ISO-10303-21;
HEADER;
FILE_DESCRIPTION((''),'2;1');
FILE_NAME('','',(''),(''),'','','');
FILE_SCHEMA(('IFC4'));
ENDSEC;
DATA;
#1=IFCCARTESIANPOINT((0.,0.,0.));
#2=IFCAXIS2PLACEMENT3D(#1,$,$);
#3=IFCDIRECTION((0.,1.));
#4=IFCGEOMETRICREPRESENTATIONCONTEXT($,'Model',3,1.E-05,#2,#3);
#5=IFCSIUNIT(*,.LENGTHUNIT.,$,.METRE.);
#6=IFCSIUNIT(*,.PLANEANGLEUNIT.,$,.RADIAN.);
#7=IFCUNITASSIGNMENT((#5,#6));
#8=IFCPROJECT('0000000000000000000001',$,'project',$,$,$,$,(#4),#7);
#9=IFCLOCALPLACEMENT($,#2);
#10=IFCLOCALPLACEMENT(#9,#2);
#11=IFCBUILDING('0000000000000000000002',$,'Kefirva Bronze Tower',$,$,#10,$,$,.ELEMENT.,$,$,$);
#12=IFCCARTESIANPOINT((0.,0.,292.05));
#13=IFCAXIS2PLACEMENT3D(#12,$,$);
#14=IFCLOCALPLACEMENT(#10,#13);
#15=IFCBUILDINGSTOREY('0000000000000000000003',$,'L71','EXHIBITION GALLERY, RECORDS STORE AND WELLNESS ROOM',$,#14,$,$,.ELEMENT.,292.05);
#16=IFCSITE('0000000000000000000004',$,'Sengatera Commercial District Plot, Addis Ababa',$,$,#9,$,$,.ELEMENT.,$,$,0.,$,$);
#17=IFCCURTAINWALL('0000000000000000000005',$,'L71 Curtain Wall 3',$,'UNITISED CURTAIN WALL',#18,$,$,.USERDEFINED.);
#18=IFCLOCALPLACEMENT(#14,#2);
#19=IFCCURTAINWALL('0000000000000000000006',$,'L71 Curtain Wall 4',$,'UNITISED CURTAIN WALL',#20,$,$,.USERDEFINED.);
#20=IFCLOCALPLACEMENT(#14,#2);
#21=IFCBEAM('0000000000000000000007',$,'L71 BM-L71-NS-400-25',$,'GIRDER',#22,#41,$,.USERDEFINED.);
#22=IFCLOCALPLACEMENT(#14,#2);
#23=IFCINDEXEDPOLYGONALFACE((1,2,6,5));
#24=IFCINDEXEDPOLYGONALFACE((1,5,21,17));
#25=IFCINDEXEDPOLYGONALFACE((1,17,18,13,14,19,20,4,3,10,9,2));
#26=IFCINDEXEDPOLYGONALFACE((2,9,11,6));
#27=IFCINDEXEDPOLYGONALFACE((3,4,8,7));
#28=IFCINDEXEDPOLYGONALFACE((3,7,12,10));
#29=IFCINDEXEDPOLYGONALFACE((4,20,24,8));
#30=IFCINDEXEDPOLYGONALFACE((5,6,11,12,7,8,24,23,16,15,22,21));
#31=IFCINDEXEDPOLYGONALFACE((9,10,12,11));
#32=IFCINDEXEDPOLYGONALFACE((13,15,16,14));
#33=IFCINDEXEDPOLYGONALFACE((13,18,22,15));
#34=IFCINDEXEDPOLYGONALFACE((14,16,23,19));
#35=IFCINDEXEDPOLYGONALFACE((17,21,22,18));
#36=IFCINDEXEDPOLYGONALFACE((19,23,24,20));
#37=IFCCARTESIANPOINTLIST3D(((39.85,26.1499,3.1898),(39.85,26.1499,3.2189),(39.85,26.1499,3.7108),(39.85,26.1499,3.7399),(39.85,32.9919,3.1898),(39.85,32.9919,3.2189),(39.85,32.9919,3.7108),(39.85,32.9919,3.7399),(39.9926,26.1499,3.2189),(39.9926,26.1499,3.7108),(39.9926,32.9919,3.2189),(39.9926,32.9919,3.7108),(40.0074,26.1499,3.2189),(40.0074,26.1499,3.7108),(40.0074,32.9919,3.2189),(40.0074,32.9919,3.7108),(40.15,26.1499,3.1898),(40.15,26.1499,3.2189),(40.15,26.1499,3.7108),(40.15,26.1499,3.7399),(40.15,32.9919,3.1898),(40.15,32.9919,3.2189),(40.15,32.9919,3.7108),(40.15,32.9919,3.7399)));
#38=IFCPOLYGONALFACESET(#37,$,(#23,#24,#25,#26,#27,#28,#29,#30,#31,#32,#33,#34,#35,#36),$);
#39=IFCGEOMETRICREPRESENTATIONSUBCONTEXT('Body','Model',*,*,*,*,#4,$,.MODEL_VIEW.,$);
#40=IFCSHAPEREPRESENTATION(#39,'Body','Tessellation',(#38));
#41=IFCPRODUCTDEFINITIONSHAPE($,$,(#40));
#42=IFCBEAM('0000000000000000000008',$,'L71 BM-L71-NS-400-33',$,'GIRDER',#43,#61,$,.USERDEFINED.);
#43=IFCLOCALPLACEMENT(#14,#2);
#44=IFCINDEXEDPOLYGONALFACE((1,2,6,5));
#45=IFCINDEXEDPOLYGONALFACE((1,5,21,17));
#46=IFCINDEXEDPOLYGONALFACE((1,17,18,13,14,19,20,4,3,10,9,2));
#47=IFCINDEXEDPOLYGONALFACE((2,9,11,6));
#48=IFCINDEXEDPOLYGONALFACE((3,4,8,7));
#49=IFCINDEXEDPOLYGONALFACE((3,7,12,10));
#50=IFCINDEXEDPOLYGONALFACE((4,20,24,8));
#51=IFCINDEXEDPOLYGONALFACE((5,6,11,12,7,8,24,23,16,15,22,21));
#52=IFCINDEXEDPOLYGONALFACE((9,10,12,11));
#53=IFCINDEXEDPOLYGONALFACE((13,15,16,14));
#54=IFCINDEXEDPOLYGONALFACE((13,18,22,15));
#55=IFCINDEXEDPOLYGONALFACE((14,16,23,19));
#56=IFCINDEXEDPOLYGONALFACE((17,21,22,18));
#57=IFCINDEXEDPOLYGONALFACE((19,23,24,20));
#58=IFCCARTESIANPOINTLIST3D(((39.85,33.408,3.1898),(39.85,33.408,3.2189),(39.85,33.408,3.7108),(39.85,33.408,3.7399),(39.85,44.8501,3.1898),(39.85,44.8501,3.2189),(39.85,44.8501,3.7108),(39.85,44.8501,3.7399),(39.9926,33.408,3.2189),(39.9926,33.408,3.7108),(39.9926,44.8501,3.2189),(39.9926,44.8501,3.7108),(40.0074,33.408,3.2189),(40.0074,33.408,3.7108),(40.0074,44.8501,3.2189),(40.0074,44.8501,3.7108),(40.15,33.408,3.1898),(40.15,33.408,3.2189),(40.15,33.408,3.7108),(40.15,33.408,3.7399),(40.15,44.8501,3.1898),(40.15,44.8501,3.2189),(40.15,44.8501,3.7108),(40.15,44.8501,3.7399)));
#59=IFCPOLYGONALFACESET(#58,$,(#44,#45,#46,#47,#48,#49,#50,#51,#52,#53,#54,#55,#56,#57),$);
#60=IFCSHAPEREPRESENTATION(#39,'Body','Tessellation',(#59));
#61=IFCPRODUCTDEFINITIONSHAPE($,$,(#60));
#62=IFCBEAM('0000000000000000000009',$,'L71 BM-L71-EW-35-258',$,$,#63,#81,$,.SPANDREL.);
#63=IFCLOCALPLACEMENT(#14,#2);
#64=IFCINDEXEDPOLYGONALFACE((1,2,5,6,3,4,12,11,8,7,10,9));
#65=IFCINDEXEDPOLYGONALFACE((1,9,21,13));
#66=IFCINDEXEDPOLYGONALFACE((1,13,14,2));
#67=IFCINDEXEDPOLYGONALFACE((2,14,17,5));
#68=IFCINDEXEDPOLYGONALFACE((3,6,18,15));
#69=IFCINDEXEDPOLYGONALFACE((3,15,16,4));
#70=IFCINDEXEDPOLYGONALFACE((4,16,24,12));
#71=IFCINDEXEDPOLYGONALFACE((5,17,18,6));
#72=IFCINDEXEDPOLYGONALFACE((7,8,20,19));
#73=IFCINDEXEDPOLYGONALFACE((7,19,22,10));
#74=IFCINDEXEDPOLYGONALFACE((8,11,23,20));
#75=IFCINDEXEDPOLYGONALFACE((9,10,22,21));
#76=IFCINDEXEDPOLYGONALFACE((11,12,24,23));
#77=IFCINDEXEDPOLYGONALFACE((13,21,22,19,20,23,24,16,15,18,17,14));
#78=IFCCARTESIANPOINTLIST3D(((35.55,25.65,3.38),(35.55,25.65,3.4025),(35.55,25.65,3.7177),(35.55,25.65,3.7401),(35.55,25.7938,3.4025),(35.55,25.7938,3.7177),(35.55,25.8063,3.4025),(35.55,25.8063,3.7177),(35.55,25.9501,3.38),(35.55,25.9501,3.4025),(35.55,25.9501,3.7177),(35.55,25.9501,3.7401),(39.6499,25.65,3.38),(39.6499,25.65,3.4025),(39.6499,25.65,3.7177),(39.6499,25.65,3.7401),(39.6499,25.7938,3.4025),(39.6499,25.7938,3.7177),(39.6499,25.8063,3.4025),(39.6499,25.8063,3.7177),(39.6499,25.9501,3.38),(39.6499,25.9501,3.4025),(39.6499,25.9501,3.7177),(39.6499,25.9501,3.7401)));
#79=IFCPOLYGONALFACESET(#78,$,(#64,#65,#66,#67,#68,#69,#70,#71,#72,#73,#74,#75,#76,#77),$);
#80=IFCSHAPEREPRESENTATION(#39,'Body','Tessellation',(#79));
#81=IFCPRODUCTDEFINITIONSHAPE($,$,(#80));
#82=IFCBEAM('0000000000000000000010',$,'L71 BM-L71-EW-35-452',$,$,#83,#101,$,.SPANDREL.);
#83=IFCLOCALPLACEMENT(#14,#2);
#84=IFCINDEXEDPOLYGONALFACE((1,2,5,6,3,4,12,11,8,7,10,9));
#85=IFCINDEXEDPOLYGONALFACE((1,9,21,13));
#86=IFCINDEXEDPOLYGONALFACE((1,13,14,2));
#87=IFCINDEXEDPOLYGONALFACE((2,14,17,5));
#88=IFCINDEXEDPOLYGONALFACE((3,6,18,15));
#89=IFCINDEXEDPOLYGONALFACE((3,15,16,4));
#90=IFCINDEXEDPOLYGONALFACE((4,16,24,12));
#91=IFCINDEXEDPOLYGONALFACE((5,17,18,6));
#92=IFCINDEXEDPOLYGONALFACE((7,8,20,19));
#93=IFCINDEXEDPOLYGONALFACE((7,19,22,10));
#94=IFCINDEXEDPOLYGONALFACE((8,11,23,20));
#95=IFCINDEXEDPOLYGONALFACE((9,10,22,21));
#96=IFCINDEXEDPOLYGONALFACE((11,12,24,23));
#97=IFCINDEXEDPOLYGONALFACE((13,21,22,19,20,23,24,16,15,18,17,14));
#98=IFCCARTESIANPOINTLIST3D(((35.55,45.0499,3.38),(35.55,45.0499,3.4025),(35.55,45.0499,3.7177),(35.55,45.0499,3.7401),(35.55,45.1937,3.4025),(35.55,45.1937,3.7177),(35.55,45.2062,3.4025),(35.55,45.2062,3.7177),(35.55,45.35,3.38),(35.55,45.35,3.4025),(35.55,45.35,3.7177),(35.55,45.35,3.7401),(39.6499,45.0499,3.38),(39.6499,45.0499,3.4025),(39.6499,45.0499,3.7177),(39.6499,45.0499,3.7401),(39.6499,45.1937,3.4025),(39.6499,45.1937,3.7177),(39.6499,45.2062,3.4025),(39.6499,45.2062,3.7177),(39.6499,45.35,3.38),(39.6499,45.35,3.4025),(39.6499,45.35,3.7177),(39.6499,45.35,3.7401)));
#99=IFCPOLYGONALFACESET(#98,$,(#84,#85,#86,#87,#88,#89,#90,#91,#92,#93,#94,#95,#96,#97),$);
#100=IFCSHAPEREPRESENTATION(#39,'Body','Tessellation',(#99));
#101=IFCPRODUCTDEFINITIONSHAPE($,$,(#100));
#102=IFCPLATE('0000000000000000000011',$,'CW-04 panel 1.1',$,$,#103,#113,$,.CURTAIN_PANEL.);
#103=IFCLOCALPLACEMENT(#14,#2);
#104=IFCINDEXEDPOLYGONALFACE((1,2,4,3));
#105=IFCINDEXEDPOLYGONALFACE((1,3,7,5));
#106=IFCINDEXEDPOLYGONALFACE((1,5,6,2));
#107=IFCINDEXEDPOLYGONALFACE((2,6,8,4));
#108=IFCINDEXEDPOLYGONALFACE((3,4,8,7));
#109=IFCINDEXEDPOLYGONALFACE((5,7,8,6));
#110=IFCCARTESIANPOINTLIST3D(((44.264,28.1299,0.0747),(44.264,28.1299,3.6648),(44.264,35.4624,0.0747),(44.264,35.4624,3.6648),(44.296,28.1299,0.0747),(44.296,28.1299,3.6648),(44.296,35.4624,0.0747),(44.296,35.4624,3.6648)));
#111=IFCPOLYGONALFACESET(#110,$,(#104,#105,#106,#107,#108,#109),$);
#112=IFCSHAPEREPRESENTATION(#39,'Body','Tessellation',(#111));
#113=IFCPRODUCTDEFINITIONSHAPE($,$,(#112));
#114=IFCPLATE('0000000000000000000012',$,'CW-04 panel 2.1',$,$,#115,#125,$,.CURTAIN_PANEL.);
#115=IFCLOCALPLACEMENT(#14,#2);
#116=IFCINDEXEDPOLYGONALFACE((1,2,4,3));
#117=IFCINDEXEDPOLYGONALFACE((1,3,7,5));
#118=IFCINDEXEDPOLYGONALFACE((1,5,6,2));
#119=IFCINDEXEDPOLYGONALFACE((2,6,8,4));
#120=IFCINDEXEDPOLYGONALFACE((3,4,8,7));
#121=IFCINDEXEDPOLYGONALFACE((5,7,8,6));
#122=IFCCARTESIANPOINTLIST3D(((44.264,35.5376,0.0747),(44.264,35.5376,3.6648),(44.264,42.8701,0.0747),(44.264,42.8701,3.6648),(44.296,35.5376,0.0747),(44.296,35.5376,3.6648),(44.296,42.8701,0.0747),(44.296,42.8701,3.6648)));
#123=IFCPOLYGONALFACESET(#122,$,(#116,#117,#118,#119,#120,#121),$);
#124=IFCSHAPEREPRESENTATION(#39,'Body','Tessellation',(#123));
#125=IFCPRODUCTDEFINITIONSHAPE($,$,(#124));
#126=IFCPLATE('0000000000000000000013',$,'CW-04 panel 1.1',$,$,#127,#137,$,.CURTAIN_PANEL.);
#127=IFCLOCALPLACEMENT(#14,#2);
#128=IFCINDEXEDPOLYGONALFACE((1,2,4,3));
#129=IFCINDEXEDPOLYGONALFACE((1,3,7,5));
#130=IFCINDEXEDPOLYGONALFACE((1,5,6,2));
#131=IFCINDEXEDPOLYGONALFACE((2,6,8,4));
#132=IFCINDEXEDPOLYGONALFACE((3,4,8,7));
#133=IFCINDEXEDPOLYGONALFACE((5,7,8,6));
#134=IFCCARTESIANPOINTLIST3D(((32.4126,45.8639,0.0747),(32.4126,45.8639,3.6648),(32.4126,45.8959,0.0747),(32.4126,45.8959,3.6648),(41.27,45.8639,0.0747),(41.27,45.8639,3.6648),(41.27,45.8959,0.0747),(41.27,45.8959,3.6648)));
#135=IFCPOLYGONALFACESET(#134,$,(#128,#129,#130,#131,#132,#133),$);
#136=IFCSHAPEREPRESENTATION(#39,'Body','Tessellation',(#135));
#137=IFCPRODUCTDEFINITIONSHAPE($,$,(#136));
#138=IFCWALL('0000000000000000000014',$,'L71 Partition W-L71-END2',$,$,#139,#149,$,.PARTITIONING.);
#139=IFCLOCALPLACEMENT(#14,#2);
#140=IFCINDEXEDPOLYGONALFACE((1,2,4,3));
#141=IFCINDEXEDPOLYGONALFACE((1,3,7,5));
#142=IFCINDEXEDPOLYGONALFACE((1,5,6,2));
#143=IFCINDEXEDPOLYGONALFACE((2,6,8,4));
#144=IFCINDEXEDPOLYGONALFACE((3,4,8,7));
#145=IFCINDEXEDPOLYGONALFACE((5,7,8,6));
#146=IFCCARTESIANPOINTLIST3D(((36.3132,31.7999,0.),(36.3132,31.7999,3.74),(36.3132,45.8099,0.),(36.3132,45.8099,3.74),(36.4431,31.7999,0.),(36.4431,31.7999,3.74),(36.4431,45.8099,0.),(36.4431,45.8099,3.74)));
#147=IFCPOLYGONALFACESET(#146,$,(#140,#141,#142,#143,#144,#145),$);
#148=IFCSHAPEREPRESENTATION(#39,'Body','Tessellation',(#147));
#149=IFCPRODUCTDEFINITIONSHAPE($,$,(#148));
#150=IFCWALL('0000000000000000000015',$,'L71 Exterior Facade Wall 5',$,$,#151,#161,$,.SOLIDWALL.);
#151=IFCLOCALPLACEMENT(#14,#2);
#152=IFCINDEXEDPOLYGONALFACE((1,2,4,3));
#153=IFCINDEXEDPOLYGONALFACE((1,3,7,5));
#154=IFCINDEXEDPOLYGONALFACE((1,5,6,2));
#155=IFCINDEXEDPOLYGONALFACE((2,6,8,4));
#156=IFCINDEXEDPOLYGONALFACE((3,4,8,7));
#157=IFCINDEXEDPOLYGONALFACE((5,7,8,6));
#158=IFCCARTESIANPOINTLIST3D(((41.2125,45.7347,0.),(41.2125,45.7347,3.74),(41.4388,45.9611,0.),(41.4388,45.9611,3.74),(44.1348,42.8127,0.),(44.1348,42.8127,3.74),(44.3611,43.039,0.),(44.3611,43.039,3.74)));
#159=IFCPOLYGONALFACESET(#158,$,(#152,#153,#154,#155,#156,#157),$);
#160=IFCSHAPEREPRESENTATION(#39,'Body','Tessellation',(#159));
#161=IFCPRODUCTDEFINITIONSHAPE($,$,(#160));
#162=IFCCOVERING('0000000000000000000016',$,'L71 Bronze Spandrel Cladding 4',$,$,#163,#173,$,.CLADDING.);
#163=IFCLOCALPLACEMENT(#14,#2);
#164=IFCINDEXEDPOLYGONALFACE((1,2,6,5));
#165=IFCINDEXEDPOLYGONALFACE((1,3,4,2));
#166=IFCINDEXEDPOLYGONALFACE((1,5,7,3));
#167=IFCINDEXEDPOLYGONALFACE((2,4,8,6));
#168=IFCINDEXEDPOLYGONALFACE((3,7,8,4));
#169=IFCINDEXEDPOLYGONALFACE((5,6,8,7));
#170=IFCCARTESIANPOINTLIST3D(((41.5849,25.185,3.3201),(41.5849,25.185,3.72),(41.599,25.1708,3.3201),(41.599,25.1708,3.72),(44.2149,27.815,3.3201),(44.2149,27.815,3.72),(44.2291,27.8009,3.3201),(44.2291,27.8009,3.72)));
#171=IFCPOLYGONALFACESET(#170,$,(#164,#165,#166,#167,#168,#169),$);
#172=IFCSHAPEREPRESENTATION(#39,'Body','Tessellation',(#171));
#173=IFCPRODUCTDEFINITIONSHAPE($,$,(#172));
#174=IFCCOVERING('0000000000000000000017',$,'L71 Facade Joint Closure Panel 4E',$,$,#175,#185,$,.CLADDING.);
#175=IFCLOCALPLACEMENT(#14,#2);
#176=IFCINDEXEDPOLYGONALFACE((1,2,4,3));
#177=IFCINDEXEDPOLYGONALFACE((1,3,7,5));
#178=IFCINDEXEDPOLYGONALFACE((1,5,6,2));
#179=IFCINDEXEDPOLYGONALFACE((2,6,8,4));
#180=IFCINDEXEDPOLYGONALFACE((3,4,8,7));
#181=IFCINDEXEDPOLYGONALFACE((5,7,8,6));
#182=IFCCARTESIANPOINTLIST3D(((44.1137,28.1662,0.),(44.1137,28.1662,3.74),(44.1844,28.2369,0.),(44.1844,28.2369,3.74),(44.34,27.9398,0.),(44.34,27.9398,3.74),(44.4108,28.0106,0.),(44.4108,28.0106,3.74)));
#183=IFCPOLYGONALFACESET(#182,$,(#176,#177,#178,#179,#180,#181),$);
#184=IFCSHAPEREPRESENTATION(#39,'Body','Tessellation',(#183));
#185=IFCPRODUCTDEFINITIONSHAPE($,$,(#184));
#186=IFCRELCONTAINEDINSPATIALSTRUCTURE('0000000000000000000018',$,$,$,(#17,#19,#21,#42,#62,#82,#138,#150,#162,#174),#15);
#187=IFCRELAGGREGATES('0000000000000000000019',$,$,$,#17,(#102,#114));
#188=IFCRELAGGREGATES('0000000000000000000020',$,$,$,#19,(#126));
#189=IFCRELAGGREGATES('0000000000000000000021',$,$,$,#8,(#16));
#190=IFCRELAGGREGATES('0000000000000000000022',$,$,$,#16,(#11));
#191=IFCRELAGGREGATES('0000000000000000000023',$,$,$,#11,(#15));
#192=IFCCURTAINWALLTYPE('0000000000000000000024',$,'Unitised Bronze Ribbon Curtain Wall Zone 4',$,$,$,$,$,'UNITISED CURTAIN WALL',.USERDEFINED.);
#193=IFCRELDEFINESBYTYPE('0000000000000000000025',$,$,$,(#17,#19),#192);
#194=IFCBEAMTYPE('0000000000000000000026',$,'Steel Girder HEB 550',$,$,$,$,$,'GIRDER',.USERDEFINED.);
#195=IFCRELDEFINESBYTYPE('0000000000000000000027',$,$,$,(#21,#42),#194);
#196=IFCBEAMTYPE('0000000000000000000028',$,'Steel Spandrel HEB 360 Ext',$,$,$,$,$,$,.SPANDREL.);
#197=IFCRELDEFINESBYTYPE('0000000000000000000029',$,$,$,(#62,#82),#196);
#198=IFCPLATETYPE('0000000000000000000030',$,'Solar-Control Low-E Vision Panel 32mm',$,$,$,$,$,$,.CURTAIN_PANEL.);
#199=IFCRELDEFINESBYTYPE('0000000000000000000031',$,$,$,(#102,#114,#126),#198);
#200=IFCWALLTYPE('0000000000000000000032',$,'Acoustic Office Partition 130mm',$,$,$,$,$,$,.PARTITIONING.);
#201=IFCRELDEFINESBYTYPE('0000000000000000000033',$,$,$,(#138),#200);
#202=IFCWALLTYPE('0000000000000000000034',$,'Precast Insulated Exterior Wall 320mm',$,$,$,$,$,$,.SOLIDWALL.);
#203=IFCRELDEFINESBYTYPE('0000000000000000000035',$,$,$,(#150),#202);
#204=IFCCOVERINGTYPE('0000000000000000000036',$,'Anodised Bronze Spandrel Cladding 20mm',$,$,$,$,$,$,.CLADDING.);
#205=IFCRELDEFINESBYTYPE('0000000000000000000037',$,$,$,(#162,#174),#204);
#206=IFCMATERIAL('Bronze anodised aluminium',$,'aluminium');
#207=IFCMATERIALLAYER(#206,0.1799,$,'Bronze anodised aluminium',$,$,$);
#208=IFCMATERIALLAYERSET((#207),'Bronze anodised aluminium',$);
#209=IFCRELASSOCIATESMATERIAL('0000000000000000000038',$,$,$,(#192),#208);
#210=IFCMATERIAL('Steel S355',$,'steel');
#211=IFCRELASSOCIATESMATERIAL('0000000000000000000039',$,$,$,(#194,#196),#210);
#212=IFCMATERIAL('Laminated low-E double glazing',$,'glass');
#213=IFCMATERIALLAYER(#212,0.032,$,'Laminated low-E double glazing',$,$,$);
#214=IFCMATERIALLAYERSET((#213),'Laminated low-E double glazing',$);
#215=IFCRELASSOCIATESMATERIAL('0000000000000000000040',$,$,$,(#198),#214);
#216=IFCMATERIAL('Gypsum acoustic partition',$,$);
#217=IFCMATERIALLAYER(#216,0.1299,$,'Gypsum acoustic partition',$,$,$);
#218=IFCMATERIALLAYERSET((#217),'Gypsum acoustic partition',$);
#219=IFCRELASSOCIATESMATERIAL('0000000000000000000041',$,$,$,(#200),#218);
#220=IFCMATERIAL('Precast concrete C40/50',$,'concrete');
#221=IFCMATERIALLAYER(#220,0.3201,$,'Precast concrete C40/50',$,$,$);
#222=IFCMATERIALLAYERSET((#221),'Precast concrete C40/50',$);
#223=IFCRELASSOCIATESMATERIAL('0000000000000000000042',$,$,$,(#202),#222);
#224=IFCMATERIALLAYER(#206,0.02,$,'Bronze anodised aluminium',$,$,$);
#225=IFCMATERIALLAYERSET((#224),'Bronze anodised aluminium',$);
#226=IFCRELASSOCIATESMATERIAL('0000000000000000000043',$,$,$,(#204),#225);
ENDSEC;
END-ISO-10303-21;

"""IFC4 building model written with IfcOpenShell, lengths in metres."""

from ifc_helpers import new_model, si_unit, direction, frame, frame_2d, origin, origin_2d, place, context, subcontext, project, spatial, rectangle, i_section, extrude, material, layer, layer_set, material_profile, profile_set, type_object, element, aggregate, save


model = new_model("IFC4")

# Units and contexts
model_context = context("Model", 3, precision=1e-05, world=origin(), true_north=direction((0.0, 1.0)))
body_context = subcontext(model_context, "Body", "Model", "MODEL_VIEW")
ifc_project = project(units=[si_unit("LENGTHUNIT", "METRE"), si_unit("PLANEANGLEUNIT", "RADIAN")], contexts=[model_context])

# Site, building, storey
site_placement = place(None, origin())
site = spatial("IfcSite", under=ifc_project, at=site_placement, Name="Sengatera Commercial District Plot, Addis Ababa", CompositionType="ELEMENT", RefElevation=0.0)
building_placement = place(site_placement, origin())
building = spatial("IfcBuilding", under=site, at=building_placement, Name="Kefirva Bronze Tower", CompositionType="ELEMENT")
storey_placement = place(building_placement, frame((0.0, 0.0, 292.05)))
storey = spatial("IfcBuildingStorey", under=building, at=storey_placement, Name="L71", Description="EXHIBITION GALLERY, RECORDS STORE AND WELLNESS ROOM", CompositionType="ELEMENT", Elevation=292.05)

# Curtain wall
ifc_material_1 = material(Name="Bronze anodised aluminium", Category="aluminium")
ifc_layer_1 = layer(ifc_material_1, 0.1799, Name="Bronze anodised aluminium")
ifc_layer_set_1 = layer_set([ifc_layer_1], Name="Bronze anodised aluminium")
curtain_wall_type = type_object("IfcCurtainWallType", Name="Unitised Bronze Ribbon Curtain Wall Zone 4", ElementType="UNITISED CURTAIN WALL", PredefinedType="USERDEFINED", material=ifc_layer_set_1)
curtain_wall_1_placement = place(storey_placement, origin())
curtain_wall_1 = element("IfcCurtainWall", 1, at=curtain_wall_1_placement, inside=storey, type_object=curtain_wall_type, Name="L71 Curtain Wall 3", ObjectType="UNITISED CURTAIN WALL", PredefinedType="USERDEFINED")

# Curtain wall
curtain_wall_2_placement = place(storey_placement, origin())
curtain_wall_2 = element("IfcCurtainWall", 2, at=curtain_wall_2_placement, inside=storey, type_object=curtain_wall_type, Name="L71 Curtain Wall 4", ObjectType="UNITISED CURTAIN WALL", PredefinedType="USERDEFINED")

# Beams
ifc_material_2 = material(Name="Steel S355", Category="steel")
ifc_material_profile_1 = material_profile(ifc_material_2, i_section(OverallWidth=0.3, OverallDepth=0.55, WebThickness=0.0149, FlangeThickness=0.0291, at=origin_2d()), Name="HEB 550")
ifc_profile_set_1 = profile_set([ifc_material_profile_1], Name="Steel S355")
beam_type_1 = type_object("IfcBeamType", Name="Steel Girder HEB 550", ElementType="GIRDER", PredefinedType="USERDEFINED", material=ifc_profile_set_1)
beam_1_placement = place(storey_placement, frame((40.0, 26.1499, 3.4648), z_axis=(0.0, 1.0, 0.0), x_axis=(-1.0, 0.0, 0.0)))
element("IfcBeam", 3, at=beam_1_placement, inside=storey, type_object=beam_type_1, Name="L71 BM-L71-NS-400-25", ObjectType="GIRDER", PredefinedType="USERDEFINED", context=body_context, shape_type="SweptSolid", body=[
    extrude(i_section(OverallWidth=0.3, OverallDepth=0.55, WebThickness=0.0149, FlangeThickness=0.0291, at=origin_2d()), origin(), (0.0, 0.0, 1.0), 6.842),
])
beam_2_placement = place(storey_placement, frame((40.0, 33.408, 3.4648), z_axis=(0.0, 1.0, 0.0), x_axis=(-1.0, 0.0, 0.0)))
element("IfcBeam", 4, at=beam_2_placement, inside=storey, type_object=beam_type_1, Name="L71 BM-L71-NS-400-33", ObjectType="GIRDER", PredefinedType="USERDEFINED", context=body_context, shape_type="SweptSolid", body=[
    extrude(i_section(OverallWidth=0.3, OverallDepth=0.55, WebThickness=0.0149, FlangeThickness=0.0291, at=origin_2d()), origin(), (0.0, 0.0, 1.0), 11.4421),
])
ifc_material_profile_2 = material_profile(ifc_material_2, i_section(OverallWidth=0.3, OverallDepth=0.3601, WebThickness=0.0125, FlangeThickness=0.0225, at=origin_2d()), Name="HEB 360")
ifc_profile_set_2 = profile_set([ifc_material_profile_2], Name="Steel S355")
beam_type_2 = type_object("IfcBeamType", Name="Steel Spandrel HEB 360 Ext", PredefinedType="SPANDREL", material=ifc_profile_set_2)
for number, where, z_axis, x_axis, name in (
    (5, (35.55, 25.8, 3.5601), (1.0, 0.0, 0.0), (0.0, 1.0, 0.0), "L71 BM-L71-EW-35-258"),
    (6, (35.55, 45.2, 3.5601), (1.0, 0.0, 0.0), (0.0, 1.0, 0.0), "L71 BM-L71-EW-35-452"),
):
    element("IfcBeam", number, at=place(storey_placement, frame(where, z_axis=z_axis, x_axis=x_axis)), inside=storey, type_object=beam_type_2, Name=name, PredefinedType="SPANDREL", context=body_context, shape_type="SweptSolid", body=[
        extrude(i_section(OverallWidth=0.3, OverallDepth=0.3601, WebThickness=0.0125, FlangeThickness=0.0225, at=origin_2d()), origin(), (0.0, 0.0, 1.0), 4.0999),
    ])

# Plates
ifc_material_3 = material(Name="Laminated low-E double glazing", Category="glass")
ifc_layer_2 = layer(ifc_material_3, 0.032, Name="Laminated low-E double glazing")
ifc_layer_set_2 = layer_set([ifc_layer_2], Name="Laminated low-E double glazing")
plate_type = type_object("IfcPlateType", Name="Solar-Control Low-E Vision Panel 32mm", PredefinedType="CURTAIN_PANEL", material=ifc_layer_set_2)
plate_1_placement = place(storey_placement, frame((44.28, 31.7961, 0.0747), z_axis=(0.0, 0.0, 1.0), x_axis=(0.0, 1.0, 0.0)))
plate_1 = element("IfcPlate", 7, at=plate_1_placement, type_object=plate_type, Name="CW-04 panel 1.1", PredefinedType="CURTAIN_PANEL", context=body_context, shape_type="SweptSolid", body=[
    extrude(rectangle(XDim=7.3325, YDim=0.032, at=origin_2d()), origin(), (0.0, 0.0, 1.0), 3.5901),
])
plate_2_placement = place(storey_placement, frame((44.28, 39.2039, 0.0747), z_axis=(0.0, 0.0, 1.0), x_axis=(0.0, 1.0, 0.0)))
plate_2 = element("IfcPlate", 8, at=plate_2_placement, type_object=plate_type, Name="CW-04 panel 2.1", PredefinedType="CURTAIN_PANEL", context=body_context, shape_type="SweptSolid", body=[
    extrude(rectangle(XDim=7.3325, YDim=0.032, at=origin_2d()), origin(), (0.0, 0.0, 1.0), 3.5901),
])
aggregate(curtain_wall_1, [plate_1, plate_2])
plate_3_placement = place(storey_placement, frame((36.8413, 45.8799, 0.0747), z_axis=(0.0, 0.0, 1.0), x_axis=(-1.0, 0.0, 0.0)))
plate_3 = element("IfcPlate", 9, at=plate_3_placement, type_object=plate_type, Name="CW-04 panel 1.1", PredefinedType="CURTAIN_PANEL", context=body_context, shape_type="SweptSolid", body=[
    extrude(rectangle(XDim=8.8574, YDim=0.032, at=origin_2d()), origin(), (0.0, 0.0, 1.0), 3.5901),
])
aggregate(curtain_wall_2, [plate_3])

# Walls
ifc_material_4 = material(Name="Gypsum acoustic partition")
ifc_layer_3 = layer(ifc_material_4, 0.1299, Name="Gypsum acoustic partition")
ifc_layer_set_3 = layer_set([ifc_layer_3], Name="Gypsum acoustic partition")
wall_type_1 = type_object("IfcWallType", Name="Acoustic Office Partition 130mm", PredefinedType="PARTITIONING", material=ifc_layer_set_3)
wall_1_placement = place(storey_placement, frame((36.3782, 31.8, 0.0), z_axis=(0.0, 0.0, 1.0), x_axis=(0.0, 1.0, 0.0)))
element("IfcWall", 10, at=wall_1_placement, inside=storey, type_object=wall_type_1, Name="L71 Partition W-L71-END2", PredefinedType="PARTITIONING", context=body_context, shape_type="SweptSolid", body=[
    extrude(rectangle(XDim=14.01, YDim=0.1299, at=frame_2d((7.0049, 0.0))), origin(), (0.0, 0.0, 1.0), 3.74),
])
ifc_material_5 = material(Name="Precast concrete C40/50", Category="concrete")
ifc_layer_4 = layer(ifc_material_5, 0.3201, Name="Precast concrete C40/50")
ifc_layer_set_4 = layer_set([ifc_layer_4], Name="Precast concrete C40/50")
wall_type_2 = type_object("IfcWallType", Name="Precast Insulated Exterior Wall 320mm", PredefinedType="SOLIDWALL", material=ifc_layer_set_4)
wall_2_placement = place(storey_placement, frame((44.248, 42.9258, 0.0), z_axis=(0.0, 0.0, 1.0), x_axis=(-0.707136, 0.707077, 0.0)))
element("IfcWall", 11, at=wall_2_placement, inside=storey, type_object=wall_type_2, Name="L71 Exterior Facade Wall 5", PredefinedType="SOLIDWALL", context=body_context, shape_type="SweptSolid", body=[
    extrude(rectangle(XDim=4.1326, YDim=0.3201, at=frame_2d((2.0664, 0.0))), origin(), (0.0, 0.0, 1.0), 3.74),
])

# Coverings
ifc_layer_5 = layer(ifc_material_1, 0.02, Name="Bronze anodised aluminium")
ifc_layer_set_5 = layer_set([ifc_layer_5], Name="Bronze anodised aluminium")
covering_type_1 = type_object("IfcCoveringType", Name="Anodised Bronze Spandrel Cladding 20mm", PredefinedType="CLADDING", material=ifc_layer_set_5)
covering_1_placement = place(storey_placement, frame((42.907, 26.4929, 3.3201), z_axis=(0.0, 0.0, 1.0), x_axis=(0.707107, 0.707107, 0.0)))
element("IfcCovering", 12, at=covering_1_placement, inside=storey, type_object=covering_type_1, Name="L71 Bronze Spandrel Cladding 4", PredefinedType="CLADDING", context=body_context, shape_type="SweptSolid", body=[
    extrude(rectangle(XDim=3.7195, YDim=0.02, at=origin_2d()), origin(), (0.0, 0.0, 1.0), 0.3999),
])
covering_2_placement = place(storey_placement, frame((44.2622, 28.0884, 0.0), z_axis=(0.0, 0.0, 1.0), x_axis=(0.707107, 0.707107, 0.0)))
element("IfcCovering", 13, at=covering_2_placement, inside=storey, type_object=covering_type_1, Name="L71 Facade Joint Closure Panel 4E", PredefinedType="CLADDING", context=body_context, shape_type="SweptSolid", body=[
    extrude(rectangle(XDim=0.1001, YDim=0.3201, at=origin_2d()), origin(), (0.0, 0.0, 1.0), 3.74),
])

save(model, "model.ifc")
